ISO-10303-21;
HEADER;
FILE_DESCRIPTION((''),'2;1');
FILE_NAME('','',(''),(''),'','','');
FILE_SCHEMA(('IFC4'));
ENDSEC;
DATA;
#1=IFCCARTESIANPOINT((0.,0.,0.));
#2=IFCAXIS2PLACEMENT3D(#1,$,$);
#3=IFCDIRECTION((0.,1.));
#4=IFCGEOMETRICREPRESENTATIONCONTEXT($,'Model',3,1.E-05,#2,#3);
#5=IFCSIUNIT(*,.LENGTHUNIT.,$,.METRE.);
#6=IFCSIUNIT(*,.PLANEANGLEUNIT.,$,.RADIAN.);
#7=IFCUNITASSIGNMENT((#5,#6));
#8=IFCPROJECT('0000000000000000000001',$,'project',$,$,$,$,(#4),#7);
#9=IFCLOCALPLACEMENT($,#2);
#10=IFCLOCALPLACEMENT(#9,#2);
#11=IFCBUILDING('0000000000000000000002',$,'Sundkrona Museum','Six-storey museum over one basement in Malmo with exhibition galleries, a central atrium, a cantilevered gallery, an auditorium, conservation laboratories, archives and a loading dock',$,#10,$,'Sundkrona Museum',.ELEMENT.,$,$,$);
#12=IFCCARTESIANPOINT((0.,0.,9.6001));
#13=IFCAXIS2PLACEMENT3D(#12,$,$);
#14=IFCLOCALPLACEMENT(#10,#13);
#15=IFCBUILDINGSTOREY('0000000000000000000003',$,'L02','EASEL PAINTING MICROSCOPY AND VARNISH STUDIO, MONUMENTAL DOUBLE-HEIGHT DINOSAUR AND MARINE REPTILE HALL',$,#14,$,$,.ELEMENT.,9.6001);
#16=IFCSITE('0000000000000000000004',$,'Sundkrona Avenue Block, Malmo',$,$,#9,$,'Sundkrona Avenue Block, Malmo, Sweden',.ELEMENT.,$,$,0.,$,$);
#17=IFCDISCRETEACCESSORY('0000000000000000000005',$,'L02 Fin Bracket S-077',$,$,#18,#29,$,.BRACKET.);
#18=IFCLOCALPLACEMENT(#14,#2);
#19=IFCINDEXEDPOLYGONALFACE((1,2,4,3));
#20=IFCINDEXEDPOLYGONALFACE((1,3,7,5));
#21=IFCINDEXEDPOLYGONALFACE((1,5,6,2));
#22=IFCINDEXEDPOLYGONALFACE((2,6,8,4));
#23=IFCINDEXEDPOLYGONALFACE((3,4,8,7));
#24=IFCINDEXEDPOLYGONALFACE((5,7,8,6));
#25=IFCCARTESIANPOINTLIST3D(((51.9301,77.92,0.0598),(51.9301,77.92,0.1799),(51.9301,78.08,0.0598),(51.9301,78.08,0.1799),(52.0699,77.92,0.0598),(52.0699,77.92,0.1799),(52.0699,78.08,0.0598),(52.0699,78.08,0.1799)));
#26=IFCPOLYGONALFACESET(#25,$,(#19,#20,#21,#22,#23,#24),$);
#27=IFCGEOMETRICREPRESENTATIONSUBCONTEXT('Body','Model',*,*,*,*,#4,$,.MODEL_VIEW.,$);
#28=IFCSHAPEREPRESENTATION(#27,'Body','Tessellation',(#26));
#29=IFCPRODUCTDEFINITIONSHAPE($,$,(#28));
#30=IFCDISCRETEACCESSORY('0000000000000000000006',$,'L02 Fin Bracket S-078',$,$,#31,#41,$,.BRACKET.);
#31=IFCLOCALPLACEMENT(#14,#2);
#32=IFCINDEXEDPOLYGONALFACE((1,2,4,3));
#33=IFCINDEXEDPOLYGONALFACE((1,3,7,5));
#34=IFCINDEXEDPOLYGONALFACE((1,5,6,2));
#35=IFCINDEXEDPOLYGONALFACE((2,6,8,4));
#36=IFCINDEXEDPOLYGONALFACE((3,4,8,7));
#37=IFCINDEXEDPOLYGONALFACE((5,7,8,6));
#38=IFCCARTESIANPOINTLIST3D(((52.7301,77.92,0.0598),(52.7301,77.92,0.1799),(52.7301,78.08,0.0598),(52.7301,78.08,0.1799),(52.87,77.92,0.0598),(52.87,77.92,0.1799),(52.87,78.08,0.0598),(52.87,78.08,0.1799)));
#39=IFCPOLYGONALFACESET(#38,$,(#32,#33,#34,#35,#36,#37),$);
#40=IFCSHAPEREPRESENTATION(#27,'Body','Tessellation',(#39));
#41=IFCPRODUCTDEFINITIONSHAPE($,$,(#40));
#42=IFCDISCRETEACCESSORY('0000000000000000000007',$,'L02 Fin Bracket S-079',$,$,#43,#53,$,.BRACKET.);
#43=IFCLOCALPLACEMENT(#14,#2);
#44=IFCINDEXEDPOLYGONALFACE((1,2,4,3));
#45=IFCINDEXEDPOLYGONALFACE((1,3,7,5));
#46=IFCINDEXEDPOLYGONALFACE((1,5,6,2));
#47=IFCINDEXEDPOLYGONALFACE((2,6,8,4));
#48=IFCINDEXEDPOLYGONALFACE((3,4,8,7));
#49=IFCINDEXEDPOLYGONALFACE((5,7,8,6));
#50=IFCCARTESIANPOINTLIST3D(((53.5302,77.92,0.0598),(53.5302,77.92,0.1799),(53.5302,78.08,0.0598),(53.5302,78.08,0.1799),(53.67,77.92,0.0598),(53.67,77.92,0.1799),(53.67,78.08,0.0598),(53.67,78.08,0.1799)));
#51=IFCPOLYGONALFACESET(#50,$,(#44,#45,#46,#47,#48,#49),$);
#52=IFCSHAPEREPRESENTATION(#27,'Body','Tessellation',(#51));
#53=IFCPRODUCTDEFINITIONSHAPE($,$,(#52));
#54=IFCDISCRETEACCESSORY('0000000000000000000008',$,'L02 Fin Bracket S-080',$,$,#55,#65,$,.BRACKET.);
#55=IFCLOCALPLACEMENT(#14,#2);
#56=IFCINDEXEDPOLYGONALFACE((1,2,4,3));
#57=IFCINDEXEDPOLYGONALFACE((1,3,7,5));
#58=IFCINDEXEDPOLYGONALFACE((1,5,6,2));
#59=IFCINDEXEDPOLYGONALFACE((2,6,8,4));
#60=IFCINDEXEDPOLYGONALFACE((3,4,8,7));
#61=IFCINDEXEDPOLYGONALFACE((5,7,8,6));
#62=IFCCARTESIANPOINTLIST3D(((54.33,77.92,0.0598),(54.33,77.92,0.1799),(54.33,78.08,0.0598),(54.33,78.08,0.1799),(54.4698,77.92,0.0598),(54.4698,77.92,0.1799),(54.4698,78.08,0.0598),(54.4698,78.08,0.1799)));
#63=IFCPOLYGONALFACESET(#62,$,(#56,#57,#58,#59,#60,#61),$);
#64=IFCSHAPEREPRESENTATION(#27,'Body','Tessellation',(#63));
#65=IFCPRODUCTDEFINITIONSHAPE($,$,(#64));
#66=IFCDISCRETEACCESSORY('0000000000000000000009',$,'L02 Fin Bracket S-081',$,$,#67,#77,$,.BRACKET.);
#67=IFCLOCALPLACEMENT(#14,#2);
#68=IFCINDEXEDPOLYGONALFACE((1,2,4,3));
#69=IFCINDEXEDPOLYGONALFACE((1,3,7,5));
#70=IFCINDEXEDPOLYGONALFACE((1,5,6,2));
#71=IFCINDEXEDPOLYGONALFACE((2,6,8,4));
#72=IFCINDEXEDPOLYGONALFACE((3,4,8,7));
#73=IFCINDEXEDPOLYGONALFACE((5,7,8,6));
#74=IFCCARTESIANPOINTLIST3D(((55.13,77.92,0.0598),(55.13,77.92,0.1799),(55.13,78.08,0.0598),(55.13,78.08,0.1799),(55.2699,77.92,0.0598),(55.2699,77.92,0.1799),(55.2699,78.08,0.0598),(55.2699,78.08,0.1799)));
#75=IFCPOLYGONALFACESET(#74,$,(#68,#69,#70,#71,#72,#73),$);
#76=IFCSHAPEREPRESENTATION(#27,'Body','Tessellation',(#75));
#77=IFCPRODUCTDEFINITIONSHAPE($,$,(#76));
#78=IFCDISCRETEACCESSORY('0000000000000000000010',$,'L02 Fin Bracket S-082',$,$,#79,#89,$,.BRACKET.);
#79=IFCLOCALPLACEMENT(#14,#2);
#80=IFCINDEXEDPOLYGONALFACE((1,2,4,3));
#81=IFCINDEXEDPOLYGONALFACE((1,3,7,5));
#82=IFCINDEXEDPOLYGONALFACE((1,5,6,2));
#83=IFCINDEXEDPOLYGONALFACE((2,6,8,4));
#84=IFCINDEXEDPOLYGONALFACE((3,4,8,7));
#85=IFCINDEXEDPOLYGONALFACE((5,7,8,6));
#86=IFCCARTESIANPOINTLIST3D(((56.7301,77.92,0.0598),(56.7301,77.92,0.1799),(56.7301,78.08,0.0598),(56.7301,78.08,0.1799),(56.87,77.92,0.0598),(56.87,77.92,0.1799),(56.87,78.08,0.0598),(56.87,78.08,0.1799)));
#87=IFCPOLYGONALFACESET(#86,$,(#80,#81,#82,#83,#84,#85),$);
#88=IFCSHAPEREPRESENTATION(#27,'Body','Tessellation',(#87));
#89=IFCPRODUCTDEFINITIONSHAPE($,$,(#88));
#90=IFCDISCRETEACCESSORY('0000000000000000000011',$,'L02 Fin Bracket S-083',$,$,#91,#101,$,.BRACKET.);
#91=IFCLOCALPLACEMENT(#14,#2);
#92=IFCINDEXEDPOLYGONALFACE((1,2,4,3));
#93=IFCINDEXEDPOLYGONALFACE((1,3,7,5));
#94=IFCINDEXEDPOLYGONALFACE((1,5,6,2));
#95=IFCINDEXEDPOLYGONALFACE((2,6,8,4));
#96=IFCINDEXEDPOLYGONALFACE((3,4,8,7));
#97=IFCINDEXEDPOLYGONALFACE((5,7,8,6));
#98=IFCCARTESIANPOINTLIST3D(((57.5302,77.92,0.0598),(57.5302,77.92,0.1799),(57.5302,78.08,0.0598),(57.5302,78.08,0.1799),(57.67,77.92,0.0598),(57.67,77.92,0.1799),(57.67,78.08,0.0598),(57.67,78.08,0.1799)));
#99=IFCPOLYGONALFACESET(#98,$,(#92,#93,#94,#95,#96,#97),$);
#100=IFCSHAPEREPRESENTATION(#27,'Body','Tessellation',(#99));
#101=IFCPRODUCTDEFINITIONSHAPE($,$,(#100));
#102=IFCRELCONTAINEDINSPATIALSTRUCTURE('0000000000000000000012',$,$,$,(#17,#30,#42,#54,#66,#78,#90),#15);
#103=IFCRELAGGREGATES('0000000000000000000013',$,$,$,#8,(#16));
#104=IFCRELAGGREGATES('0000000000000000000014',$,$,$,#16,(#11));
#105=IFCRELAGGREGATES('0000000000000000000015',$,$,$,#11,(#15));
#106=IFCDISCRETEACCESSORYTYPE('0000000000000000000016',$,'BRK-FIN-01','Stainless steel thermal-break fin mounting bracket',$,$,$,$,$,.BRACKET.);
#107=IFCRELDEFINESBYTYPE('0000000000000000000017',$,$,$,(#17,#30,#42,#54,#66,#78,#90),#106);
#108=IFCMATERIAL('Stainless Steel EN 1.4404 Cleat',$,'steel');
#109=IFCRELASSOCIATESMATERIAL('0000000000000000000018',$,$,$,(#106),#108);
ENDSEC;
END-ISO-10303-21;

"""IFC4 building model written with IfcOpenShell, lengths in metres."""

from ifc_helpers import new_model, si_unit, direction, frame, origin, origin_2d, place, context, subcontext, project, spatial, rectangle, extrude, material, type_object, element, save


model = new_model("IFC4")

# Units and contexts
model_context = context("Model", 3, precision=1e-05, world=origin(), true_north=direction((0.0, 1.0)))
body_context = subcontext(model_context, "Body", "Model", "MODEL_VIEW")
ifc_project = project(units=[si_unit("LENGTHUNIT", "METRE"), si_unit("PLANEANGLEUNIT", "RADIAN")], contexts=[model_context])

# Site, building, storey
site_placement = place(None, origin())
site = spatial("IfcSite", under=ifc_project, at=site_placement, Name="Sundkrona Avenue Block, Malmo", LongName="Sundkrona Avenue Block, Malmo, Sweden", CompositionType="ELEMENT", RefElevation=0.0)
building_placement = place(site_placement, origin())
building = spatial("IfcBuilding", under=site, at=building_placement, Name="Sundkrona Museum", Description="Six-storey museum over one basement in Malmo with exhibition galleries, a central atrium, a cantilevered gallery, an auditorium, conservation laboratories, archives and a loading dock", LongName="Sundkrona Museum", CompositionType="ELEMENT")
storey_placement = place(building_placement, frame((0.0, 0.0, 9.6001)))
storey = spatial("IfcBuildingStorey", under=building, at=storey_placement, Name="L02", Description="EASEL PAINTING MICROSCOPY AND VARNISH STUDIO, MONUMENTAL DOUBLE-HEIGHT DINOSAUR AND MARINE REPTILE HALL", CompositionType="ELEMENT", Elevation=9.6001)

# Discrete accessories
ifc_material_1 = material(Name="Stainless Steel EN 1.4404 Cleat", Category="steel")
discrete_accessory_type = type_object("IfcDiscreteAccessoryType", Name="BRK-FIN-01", Description="Stainless steel thermal-break fin mounting bracket", PredefinedType="BRACKET", material=ifc_material_1)
for number, where, z_axis, x_axis, name in (
    (1, (52.0, 78.0, 0.0598), (0.0, 0.0, 1.0), (1.0, 0.0, 0.0), "L02 Fin Bracket S-077"),
    (2, (52.8, 78.0, 0.0598), (0.0, 0.0, 1.0), (1.0, 0.0, 0.0), "L02 Fin Bracket S-078"),
    (3, (53.6001, 78.0, 0.0598), (0.0, 0.0, 1.0), (1.0, 0.0, 0.0), "L02 Fin Bracket S-079"),
    (4, (54.3999, 78.0, 0.0598), (0.0, 0.0, 1.0), (1.0, 0.0, 0.0), "L02 Fin Bracket S-080"),
    (5, (55.2, 78.0, 0.0598), (0.0, 0.0, 1.0), (1.0, 0.0, 0.0), "L02 Fin Bracket S-081"),
    (6, (56.8, 78.0, 0.0598), (0.0, 0.0, 1.0), (1.0, 0.0, 0.0), "L02 Fin Bracket S-082"),
    (7, (57.6001, 78.0, 0.0598), (0.0, 0.0, 1.0), (1.0, 0.0, 0.0), "L02 Fin Bracket S-083"),
):
    element("IfcDiscreteAccessory", number, at=place(storey_placement, frame(where, z_axis=z_axis, x_axis=x_axis)), inside=storey, type_object=discrete_accessory_type, Name=name, PredefinedType="BRACKET", context=body_context, shape_type="SweptSolid", body=[
        extrude(rectangle(XDim=0.1399, YDim=0.1599, at=origin_2d()), origin(), (0.0, 0.0, 1.0), 0.1201),
    ])

save(model, "model.ifc")
